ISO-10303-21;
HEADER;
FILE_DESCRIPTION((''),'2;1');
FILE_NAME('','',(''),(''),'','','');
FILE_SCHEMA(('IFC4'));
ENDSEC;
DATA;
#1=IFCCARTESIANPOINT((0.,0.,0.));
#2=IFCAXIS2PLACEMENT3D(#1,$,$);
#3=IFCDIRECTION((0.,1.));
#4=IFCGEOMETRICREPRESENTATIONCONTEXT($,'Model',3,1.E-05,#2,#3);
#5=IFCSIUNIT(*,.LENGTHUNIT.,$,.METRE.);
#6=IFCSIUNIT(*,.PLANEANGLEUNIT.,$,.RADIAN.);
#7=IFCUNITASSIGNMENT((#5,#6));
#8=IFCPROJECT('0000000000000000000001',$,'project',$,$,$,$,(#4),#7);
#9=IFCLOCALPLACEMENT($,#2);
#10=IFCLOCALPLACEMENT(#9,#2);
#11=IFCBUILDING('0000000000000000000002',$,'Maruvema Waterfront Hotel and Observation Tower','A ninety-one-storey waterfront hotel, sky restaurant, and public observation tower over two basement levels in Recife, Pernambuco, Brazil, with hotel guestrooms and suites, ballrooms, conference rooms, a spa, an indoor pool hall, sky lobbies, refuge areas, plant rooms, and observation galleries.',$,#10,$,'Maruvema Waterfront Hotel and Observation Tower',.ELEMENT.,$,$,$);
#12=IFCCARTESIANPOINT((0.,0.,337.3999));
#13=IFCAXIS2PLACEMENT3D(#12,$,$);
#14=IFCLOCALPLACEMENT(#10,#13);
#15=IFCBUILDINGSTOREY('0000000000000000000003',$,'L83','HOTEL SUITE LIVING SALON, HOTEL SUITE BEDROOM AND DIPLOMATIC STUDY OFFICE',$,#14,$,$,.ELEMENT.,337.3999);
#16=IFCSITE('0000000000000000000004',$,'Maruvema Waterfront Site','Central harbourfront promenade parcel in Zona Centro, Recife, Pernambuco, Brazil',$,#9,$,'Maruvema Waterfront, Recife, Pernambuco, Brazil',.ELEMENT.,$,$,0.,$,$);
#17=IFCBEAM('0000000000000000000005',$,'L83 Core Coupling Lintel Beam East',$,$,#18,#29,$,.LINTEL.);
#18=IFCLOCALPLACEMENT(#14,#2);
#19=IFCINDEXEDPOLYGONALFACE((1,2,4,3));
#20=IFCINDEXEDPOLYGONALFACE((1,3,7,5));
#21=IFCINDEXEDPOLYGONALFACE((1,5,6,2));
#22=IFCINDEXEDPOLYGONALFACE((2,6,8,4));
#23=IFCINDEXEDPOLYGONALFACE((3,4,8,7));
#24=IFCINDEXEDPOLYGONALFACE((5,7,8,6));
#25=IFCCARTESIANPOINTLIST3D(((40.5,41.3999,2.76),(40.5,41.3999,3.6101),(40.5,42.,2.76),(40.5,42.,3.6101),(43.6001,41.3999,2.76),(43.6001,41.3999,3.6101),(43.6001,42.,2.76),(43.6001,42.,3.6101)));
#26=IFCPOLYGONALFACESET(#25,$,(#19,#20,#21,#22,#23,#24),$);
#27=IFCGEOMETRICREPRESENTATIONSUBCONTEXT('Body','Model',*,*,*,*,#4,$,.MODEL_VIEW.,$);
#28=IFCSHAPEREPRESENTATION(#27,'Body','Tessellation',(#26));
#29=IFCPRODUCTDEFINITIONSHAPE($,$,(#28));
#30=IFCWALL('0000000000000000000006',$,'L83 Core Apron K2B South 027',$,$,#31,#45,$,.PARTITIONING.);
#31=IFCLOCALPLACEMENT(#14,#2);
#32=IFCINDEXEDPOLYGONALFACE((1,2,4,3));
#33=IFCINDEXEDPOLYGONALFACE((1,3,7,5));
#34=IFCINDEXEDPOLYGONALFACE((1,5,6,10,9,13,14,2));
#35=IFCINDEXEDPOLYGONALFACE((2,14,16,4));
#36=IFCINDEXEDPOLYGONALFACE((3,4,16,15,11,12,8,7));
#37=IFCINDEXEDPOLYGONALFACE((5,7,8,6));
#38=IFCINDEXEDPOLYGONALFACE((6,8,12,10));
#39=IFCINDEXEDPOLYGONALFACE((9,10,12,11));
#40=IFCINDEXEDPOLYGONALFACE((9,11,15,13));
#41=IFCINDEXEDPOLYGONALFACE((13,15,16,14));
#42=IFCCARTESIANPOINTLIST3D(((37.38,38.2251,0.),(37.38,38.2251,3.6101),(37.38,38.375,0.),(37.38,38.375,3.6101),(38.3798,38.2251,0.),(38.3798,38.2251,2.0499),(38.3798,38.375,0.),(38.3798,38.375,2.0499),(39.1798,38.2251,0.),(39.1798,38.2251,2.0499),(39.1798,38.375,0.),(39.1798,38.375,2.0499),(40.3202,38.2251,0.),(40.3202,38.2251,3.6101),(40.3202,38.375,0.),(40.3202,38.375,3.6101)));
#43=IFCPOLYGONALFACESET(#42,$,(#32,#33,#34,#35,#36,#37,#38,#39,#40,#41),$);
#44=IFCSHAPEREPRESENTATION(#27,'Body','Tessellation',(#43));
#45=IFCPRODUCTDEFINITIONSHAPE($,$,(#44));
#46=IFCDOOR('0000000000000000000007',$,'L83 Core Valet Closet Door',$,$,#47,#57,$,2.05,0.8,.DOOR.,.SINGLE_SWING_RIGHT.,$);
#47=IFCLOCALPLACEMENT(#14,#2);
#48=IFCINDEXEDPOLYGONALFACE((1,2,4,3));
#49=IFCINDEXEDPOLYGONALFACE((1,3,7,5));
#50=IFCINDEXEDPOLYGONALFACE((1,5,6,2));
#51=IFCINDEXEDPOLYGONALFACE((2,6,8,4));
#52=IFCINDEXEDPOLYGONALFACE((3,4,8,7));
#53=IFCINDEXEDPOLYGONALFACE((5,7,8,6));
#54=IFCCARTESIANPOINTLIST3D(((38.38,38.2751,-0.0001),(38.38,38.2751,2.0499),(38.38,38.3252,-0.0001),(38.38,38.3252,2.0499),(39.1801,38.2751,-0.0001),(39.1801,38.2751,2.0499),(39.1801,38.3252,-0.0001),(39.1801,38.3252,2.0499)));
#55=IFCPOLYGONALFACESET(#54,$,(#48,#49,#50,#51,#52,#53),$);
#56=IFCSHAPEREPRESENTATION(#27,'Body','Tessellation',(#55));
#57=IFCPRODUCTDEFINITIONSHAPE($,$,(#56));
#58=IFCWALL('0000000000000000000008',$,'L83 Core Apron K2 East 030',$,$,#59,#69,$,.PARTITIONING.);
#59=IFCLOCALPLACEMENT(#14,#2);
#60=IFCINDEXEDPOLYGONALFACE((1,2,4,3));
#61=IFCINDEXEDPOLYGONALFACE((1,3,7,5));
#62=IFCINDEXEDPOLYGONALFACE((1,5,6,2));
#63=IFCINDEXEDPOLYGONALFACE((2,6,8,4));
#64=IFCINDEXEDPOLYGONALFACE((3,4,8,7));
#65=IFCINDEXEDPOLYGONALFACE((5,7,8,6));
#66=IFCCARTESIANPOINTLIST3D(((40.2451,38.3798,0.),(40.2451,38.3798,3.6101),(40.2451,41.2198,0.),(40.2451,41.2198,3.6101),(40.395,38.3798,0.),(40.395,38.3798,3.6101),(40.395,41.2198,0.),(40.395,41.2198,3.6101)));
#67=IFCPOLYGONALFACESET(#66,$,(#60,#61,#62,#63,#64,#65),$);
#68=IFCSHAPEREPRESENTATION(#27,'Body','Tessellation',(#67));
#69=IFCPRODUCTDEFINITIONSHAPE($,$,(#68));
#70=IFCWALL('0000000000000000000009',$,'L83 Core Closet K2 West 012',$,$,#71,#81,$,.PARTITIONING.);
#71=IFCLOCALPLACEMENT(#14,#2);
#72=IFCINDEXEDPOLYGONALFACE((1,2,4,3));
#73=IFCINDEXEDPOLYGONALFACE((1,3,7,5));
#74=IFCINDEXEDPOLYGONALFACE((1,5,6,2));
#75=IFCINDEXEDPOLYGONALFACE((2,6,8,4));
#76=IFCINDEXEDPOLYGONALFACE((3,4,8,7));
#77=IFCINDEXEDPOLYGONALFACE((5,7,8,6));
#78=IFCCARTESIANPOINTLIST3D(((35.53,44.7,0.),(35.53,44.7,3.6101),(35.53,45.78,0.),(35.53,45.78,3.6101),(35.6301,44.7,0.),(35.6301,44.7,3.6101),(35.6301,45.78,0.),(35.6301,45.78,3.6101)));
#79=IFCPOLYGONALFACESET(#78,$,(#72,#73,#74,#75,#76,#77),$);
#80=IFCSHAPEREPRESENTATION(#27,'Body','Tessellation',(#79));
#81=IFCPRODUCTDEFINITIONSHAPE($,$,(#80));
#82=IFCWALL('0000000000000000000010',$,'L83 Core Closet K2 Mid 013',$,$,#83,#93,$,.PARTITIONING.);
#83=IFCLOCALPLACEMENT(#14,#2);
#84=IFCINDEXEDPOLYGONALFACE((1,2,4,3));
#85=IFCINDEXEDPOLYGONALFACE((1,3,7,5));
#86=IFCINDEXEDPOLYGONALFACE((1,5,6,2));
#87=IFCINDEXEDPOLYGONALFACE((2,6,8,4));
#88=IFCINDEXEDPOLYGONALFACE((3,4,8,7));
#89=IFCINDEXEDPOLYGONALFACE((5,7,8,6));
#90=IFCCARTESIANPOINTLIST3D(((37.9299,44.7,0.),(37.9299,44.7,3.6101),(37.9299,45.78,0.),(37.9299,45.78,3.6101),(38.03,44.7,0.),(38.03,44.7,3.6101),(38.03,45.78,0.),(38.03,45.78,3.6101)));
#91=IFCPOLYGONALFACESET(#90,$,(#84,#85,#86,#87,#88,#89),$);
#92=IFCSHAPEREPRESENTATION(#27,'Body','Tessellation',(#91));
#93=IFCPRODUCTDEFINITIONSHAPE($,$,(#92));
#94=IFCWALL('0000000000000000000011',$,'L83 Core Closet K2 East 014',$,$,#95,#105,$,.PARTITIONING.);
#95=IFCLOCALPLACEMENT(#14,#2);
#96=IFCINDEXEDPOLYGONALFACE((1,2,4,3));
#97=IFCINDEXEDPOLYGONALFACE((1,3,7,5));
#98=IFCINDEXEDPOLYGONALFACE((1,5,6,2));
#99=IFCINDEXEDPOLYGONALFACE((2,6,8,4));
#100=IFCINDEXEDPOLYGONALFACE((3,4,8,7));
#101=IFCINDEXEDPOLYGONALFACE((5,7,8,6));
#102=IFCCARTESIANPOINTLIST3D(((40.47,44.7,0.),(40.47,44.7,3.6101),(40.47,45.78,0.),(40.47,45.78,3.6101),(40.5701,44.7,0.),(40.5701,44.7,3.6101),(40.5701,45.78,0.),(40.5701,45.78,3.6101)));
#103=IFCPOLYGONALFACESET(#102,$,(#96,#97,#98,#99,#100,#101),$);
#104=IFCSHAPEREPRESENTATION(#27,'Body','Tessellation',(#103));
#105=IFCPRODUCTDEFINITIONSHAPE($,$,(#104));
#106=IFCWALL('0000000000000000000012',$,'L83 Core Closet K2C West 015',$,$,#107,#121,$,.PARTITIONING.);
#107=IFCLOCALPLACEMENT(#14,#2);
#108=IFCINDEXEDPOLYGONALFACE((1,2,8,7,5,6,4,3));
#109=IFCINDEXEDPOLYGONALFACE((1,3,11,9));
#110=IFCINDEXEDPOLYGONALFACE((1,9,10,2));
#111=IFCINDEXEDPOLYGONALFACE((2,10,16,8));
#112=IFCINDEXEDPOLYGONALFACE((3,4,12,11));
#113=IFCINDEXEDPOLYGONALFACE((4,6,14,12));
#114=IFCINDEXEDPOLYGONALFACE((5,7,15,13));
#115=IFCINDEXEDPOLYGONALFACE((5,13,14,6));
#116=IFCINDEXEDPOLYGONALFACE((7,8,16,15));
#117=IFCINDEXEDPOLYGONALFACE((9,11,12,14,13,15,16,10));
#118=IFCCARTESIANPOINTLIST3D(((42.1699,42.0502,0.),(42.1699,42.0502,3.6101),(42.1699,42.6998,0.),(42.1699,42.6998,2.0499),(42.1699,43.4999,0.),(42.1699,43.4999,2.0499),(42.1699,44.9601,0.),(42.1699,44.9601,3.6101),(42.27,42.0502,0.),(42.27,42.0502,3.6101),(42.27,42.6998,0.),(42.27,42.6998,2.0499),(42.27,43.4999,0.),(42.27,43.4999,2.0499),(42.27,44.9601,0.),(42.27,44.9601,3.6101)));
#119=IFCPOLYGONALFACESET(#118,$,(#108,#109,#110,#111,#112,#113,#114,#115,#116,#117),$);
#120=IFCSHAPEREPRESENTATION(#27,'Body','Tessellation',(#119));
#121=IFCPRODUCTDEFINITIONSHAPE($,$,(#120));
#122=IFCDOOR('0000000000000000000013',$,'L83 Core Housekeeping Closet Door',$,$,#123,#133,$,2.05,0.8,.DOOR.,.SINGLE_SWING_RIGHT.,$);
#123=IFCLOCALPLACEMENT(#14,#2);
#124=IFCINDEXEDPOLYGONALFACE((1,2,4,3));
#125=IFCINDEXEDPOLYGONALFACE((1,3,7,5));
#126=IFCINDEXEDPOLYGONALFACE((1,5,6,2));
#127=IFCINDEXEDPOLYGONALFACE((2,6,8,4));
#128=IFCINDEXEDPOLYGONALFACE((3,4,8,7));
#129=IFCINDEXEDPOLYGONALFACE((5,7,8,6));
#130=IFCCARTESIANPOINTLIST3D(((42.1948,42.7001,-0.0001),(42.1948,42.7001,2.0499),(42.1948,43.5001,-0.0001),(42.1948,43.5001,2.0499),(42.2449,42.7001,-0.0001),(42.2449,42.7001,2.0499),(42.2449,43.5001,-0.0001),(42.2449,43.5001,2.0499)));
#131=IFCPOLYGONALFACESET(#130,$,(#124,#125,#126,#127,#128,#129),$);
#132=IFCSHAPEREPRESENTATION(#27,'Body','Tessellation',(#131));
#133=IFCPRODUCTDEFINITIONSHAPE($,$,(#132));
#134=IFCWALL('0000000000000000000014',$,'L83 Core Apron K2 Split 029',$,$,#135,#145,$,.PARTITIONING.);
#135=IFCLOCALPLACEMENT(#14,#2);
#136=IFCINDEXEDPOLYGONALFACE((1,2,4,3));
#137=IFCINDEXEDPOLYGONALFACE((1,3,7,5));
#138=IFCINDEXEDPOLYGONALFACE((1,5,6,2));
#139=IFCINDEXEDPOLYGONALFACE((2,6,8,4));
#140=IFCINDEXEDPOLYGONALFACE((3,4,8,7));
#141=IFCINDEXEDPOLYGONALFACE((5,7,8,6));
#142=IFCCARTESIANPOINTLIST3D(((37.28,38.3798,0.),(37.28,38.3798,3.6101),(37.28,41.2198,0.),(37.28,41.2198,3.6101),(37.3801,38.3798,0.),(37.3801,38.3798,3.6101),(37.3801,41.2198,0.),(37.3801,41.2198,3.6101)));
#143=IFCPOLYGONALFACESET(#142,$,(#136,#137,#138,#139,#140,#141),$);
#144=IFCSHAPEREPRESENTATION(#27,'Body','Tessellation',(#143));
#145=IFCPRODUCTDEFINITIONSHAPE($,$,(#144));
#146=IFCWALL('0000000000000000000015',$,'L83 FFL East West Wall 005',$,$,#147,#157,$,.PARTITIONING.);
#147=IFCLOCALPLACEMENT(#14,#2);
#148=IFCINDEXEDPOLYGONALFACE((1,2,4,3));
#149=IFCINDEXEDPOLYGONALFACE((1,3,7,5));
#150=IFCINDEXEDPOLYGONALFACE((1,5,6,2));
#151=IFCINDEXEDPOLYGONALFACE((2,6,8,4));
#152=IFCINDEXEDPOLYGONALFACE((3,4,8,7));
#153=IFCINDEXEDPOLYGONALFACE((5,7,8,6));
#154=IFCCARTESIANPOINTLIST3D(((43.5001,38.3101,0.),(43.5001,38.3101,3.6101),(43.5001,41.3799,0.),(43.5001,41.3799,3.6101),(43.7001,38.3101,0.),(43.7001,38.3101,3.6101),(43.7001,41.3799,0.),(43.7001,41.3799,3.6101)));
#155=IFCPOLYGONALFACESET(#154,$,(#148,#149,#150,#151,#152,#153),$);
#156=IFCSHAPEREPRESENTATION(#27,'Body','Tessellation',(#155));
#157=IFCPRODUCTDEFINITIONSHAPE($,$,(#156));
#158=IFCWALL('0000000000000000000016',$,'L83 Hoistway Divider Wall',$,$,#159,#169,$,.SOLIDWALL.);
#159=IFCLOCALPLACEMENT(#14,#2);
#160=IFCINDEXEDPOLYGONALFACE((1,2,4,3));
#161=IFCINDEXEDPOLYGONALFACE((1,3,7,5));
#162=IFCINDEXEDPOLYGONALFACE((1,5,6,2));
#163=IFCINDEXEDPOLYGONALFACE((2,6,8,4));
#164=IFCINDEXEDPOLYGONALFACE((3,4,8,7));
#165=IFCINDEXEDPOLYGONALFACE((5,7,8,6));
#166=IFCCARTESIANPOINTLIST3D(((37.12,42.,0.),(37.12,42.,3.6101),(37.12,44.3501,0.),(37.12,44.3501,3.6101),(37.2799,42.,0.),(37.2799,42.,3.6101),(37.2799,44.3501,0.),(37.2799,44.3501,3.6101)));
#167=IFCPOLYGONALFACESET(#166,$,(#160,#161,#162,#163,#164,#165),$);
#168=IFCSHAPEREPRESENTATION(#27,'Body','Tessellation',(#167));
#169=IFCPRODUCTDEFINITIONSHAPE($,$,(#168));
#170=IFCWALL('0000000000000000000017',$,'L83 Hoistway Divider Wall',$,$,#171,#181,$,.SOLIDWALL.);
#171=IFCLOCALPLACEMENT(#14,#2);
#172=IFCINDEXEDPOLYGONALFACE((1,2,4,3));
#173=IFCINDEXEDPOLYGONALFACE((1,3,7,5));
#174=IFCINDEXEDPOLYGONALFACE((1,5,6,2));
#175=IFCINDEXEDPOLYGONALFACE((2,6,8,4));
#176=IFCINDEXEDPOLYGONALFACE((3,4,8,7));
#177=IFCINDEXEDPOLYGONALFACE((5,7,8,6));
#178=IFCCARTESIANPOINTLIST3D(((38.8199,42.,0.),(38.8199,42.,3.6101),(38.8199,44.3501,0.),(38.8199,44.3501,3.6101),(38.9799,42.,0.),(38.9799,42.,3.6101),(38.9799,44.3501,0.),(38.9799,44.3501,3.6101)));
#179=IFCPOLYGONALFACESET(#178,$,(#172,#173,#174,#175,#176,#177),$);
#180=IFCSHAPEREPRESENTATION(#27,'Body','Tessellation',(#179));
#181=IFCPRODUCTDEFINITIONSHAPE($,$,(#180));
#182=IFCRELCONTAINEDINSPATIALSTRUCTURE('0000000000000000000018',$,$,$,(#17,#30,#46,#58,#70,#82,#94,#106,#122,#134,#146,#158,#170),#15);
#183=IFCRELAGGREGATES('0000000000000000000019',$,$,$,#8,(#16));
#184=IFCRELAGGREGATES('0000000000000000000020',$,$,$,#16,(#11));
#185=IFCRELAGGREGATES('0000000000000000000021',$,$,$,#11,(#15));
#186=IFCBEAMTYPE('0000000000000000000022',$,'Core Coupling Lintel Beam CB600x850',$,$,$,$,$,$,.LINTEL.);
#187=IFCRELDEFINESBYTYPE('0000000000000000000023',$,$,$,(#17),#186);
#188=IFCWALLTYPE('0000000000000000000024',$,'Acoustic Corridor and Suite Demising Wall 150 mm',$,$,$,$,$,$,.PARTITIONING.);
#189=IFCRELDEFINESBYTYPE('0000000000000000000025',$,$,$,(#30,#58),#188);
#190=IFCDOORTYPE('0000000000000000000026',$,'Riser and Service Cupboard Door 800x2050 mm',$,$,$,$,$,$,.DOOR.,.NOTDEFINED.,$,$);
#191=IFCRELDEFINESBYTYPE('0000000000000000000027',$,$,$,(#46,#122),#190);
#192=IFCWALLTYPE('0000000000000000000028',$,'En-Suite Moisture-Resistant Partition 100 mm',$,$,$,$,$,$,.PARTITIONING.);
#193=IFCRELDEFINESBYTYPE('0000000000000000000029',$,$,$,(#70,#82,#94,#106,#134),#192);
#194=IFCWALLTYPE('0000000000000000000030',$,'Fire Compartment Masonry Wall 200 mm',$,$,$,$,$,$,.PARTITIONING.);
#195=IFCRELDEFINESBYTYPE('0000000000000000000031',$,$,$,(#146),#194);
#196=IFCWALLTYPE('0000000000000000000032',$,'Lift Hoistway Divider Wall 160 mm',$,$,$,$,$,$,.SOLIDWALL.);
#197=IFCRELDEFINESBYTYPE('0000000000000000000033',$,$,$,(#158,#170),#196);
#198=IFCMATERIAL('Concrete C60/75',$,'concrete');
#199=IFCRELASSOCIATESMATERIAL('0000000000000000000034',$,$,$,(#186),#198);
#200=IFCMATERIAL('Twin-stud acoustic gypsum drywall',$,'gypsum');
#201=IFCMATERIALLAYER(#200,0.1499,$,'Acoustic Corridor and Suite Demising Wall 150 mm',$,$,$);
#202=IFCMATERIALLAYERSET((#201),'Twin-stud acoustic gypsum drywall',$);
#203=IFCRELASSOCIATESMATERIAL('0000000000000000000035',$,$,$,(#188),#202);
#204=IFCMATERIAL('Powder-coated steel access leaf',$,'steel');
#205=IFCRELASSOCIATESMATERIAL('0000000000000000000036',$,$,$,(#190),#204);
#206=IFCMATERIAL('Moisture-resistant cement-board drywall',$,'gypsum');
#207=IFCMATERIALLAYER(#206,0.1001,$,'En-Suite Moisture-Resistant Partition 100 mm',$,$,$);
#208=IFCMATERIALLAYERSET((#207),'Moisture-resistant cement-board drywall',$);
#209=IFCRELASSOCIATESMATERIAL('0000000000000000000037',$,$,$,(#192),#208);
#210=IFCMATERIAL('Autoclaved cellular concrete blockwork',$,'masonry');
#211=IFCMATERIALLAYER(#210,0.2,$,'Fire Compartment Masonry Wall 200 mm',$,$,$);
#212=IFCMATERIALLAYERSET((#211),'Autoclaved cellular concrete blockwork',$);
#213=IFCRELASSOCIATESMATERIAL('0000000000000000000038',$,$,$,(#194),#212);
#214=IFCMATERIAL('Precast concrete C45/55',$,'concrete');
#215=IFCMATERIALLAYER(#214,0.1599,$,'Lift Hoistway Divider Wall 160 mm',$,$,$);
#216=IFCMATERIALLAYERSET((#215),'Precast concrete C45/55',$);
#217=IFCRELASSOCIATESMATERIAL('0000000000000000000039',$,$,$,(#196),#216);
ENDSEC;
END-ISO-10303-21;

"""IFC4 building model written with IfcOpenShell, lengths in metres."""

from ifc_helpers import new_model, si_unit, direction, frame, frame_2d, origin, origin_2d, place, context, subcontext, project, spatial, rectangle, extrude, material, layer, layer_set, material_profile, profile_set, type_object, element, fill, save


model = new_model("IFC4")

# Units and contexts
model_context = context("Model", 3, precision=1e-05, world=origin(), true_north=direction((0.0, 1.0)))
body_context = subcontext(model_context, "Body", "Model", "MODEL_VIEW")
ifc_project = project(units=[si_unit("LENGTHUNIT", "METRE"), si_unit("PLANEANGLEUNIT", "RADIAN")], contexts=[model_context])

# Site, building, storey
site_placement = place(None, origin())
site = spatial("IfcSite", under=ifc_project, at=site_placement, Name="Maruvema Waterfront Site", Description="Central harbourfront promenade parcel in Zona Centro, Recife, Pernambuco, Brazil", LongName="Maruvema Waterfront, Recife, Pernambuco, Brazil", CompositionType="ELEMENT", RefElevation=0.0)
building_placement = place(site_placement, origin())
building = spatial("IfcBuilding", under=site, at=building_placement, Name="Maruvema Waterfront Hotel and Observation Tower", Description="A ninety-one-storey waterfront hotel, sky restaurant, and public observation tower over two basement levels in Recife, Pernambuco, Brazil, with hotel guestrooms and suites, ballrooms, conference rooms, a spa, an indoor pool hall, sky lobbies, refuge areas, plant rooms, and observation galleries.", LongName="Maruvema Waterfront Hotel and Observation Tower", CompositionType="ELEMENT")
storey_placement = place(building_placement, frame((0.0, 0.0, 337.3999)))
storey = spatial("IfcBuildingStorey", under=building, at=storey_placement, Name="L83", Description="HOTEL SUITE LIVING SALON, HOTEL SUITE BEDROOM AND DIPLOMATIC STUDY OFFICE", CompositionType="ELEMENT", Elevation=337.3999)

# Beam
ifc_material_1 = material(Name="Concrete C60/75", Category="concrete")
ifc_material_profile = material_profile(ifc_material_1, rectangle(XDim=0.6001, YDim=0.8501, at=origin_2d()), Name="CB600x850")
ifc_profile_set = profile_set([ifc_material_profile], Name="Concrete C60/75")
beam_type = type_object("IfcBeamType", Name="Core Coupling Lintel Beam CB600x850", PredefinedType="LINTEL", material=ifc_profile_set)
beam_placement = place(storey_placement, frame((40.5, 41.7, 3.1851), z_axis=(1.0, 0.0, 0.0), x_axis=(0.0, 1.0, 0.0)))
element("IfcBeam", 1, at=beam_placement, inside=storey, type_object=beam_type, Name="L83 Core Coupling Lintel Beam East", PredefinedType="LINTEL", context=body_context, shape_type="SweptSolid", body=[
    extrude(rectangle(XDim=0.6001, YDim=0.8501, at=origin_2d()), origin(), (0.0, 0.0, 1.0), 3.1001),
])

# Wall, opening, door
ifc_material_2 = material(Name="Twin-stud acoustic gypsum drywall", Category="gypsum")
ifc_layer_1 = layer(ifc_material_2, 0.1499, Name="Acoustic Corridor and Suite Demising Wall 150 mm")
ifc_layer_set_1 = layer_set([ifc_layer_1], Name="Twin-stud acoustic gypsum drywall")
wall_type_1 = type_object("IfcWallType", Name="Acoustic Corridor and Suite Demising Wall 150 mm", PredefinedType="PARTITIONING", material=ifc_layer_set_1)
wall_1_placement = place(storey_placement, frame((37.3799, 38.3, 0.0), z_axis=(0.0, 0.0, 1.0), x_axis=(1.0, 0.0, 0.0)))
wall_1 = element("IfcWall", 2, at=wall_1_placement, inside=storey, type_object=wall_type_1, Name="L83 Core Apron K2B South 027", PredefinedType="PARTITIONING", context=body_context, shape_type="SweptSolid", body=[
    extrude(rectangle(XDim=2.9402, YDim=0.1499, at=frame_2d((1.4702, 0.0))), origin(), (0.0, 0.0, 1.0), 3.6101),
])
opening_1_placement = place(wall_1_placement, frame((1.0, 0.0, 0.0)))
opening_1 = element("IfcOpeningElement", 3, at=opening_1_placement, cuts=wall_1, PredefinedType="OPENING", context=body_context, shape_type="SweptSolid", body=[
    extrude(rectangle(XDim=0.8, YDim=2.05, at=frame_2d((0.3999, 1.0249))), frame((0.0, 0.085, 0.0), z_axis=(0.0, -1.0, 0.0), x_axis=(1.0, 0.0, 0.0)), (0.0, 0.0, 1.0), 0.1699),
])
ifc_material_3 = material(Name="Powder-coated steel access leaf", Category="steel")
door_type_1 = type_object("IfcDoorType", Name="Riser and Service Cupboard Door 800x2050 mm", OperationType="NOTDEFINED", PredefinedType="DOOR", material=ifc_material_3)
door_1_placement = place(opening_1_placement, frame((0.8, 0.0, 0.0), z_axis=(0.0, 0.0, 1.0), x_axis=(-1.0, 0.0, 0.0)))
door_1 = element("IfcDoor", 4, at=door_1_placement, inside=storey, type_object=door_type_1, Name="L83 Core Valet Closet Door", OperationType="SINGLE_SWING_RIGHT", OverallHeight=2.05, OverallWidth=0.8, PredefinedType="DOOR", context=body_context, shape_type="SweptSolid", body=[
    extrude(rectangle(XDim=0.8, YDim=2.05, at=frame_2d((0.3999, 1.0249))), frame((0.0, 0.0249, 0.0), z_axis=(0.0, -1.0, 0.0), x_axis=(1.0, 0.0, 0.0)), (0.0, 0.0, 1.0), 0.05),
])
fill(opening_1, door_1)

# Wall
wall_2_placement = place(storey_placement, frame((40.3201, 38.3799, 0.0), z_axis=(0.0, 0.0, 1.0), x_axis=(0.0, 1.0, 0.0)))
element("IfcWall", 5, at=wall_2_placement, inside=storey, type_object=wall_type_1, Name="L83 Core Apron K2 East 030", PredefinedType="PARTITIONING", context=body_context, shape_type="SweptSolid", body=[
    extrude(rectangle(XDim=2.8401, YDim=0.1499, at=frame_2d((1.4199, 0.0))), origin(), (0.0, 0.0, 1.0), 3.6101),
])

# Walls
ifc_material_4 = material(Name="Moisture-resistant cement-board drywall", Category="gypsum")
ifc_layer_2 = layer(ifc_material_4, 0.1001, Name="En-Suite Moisture-Resistant Partition 100 mm")
ifc_layer_set_2 = layer_set([ifc_layer_2], Name="Moisture-resistant cement-board drywall")
wall_type_2 = type_object("IfcWallType", Name="En-Suite Moisture-Resistant Partition 100 mm", PredefinedType="PARTITIONING", material=ifc_layer_set_2)
for number, where, z_axis, x_axis, name in (
    (6, (35.5801, 44.7, 0.0), (0.0, 0.0, 1.0), (0.0, 1.0, 0.0), "L83 Core Closet K2 West 012"),
    (7, (37.98, 44.7, 0.0), (0.0, 0.0, 1.0), (0.0, 1.0, 0.0), "L83 Core Closet K2 Mid 013"),
    (8, (40.52, 44.7, 0.0), (0.0, 0.0, 1.0), (0.0, 1.0, 0.0), "L83 Core Closet K2 East 014"),
):
    element("IfcWall", number, at=place(storey_placement, frame(where, z_axis=z_axis, x_axis=x_axis)), inside=storey, type_object=wall_type_2, Name=name, PredefinedType="PARTITIONING", context=body_context, shape_type="SweptSolid", body=[
        extrude(rectangle(XDim=1.0801, YDim=0.1001, at=frame_2d((0.54, 0.0))), origin(), (0.0, 0.0, 1.0), 3.6101),
    ])

# Wall, opening, door
wall_3_placement = place(storey_placement, frame((42.22, 42.05, 0.0), z_axis=(0.0, 0.0, 1.0), x_axis=(0.0, 1.0, 0.0)))
wall_3 = element("IfcWall", 9, at=wall_3_placement, inside=storey, type_object=wall_type_2, Name="L83 Core Closet K2C West 015", PredefinedType="PARTITIONING", context=body_context, shape_type="SweptSolid", body=[
    extrude(rectangle(XDim=2.9099, YDim=0.1001, at=frame_2d((1.4551, 0.0))), origin(), (0.0, 0.0, 1.0), 3.6101),
])
opening_2_placement = place(wall_3_placement, frame((0.6499, 0.0, 0.0)))
opening_2 = element("IfcOpeningElement", 10, at=opening_2_placement, cuts=wall_3, PredefinedType="OPENING", context=body_context, shape_type="SweptSolid", body=[
    extrude(rectangle(XDim=0.8, YDim=2.05, at=frame_2d((0.3999, 1.0249))), frame((0.0, 0.0601, 0.0), z_axis=(0.0, -1.0, 0.0), x_axis=(1.0, 0.0, 0.0)), (0.0, 0.0, 1.0), 0.1201),
])
door_2_placement = place(opening_2_placement, frame((0.8, 0.0, 0.0), z_axis=(0.0, 0.0, 1.0), x_axis=(-1.0, 0.0, 0.0)))
door_2 = element("IfcDoor", 11, at=door_2_placement, inside=storey, type_object=door_type_1, Name="L83 Core Housekeeping Closet Door", OperationType="SINGLE_SWING_RIGHT", OverallHeight=2.05, OverallWidth=0.8, PredefinedType="DOOR", context=body_context, shape_type="SweptSolid", body=[
    extrude(rectangle(XDim=0.8, YDim=2.05, at=frame_2d((0.3999, 1.0249))), frame((0.0, 0.0249, 0.0), z_axis=(0.0, -1.0, 0.0), x_axis=(1.0, 0.0, 0.0)), (0.0, 0.0, 1.0), 0.05),
])
fill(opening_2, door_2)

# Wall
wall_4_placement = place(storey_placement, frame((37.3301, 38.3799, 0.0), z_axis=(0.0, 0.0, 1.0), x_axis=(0.0, 1.0, 0.0)))
element("IfcWall", 12, at=wall_4_placement, inside=storey, type_object=wall_type_2, Name="L83 Core Apron K2 Split 029", PredefinedType="PARTITIONING", context=body_context, shape_type="SweptSolid", body=[
    extrude(rectangle(XDim=2.8401, YDim=0.1001, at=frame_2d((1.4199, 0.0))), origin(), (0.0, 0.0, 1.0), 3.6101),
])

# Shared definitions
ifc_material_5 = material(Name="Autoclaved cellular concrete blockwork", Category="masonry")
ifc_layer_3 = layer(ifc_material_5, 0.2, Name="Fire Compartment Masonry Wall 200 mm")
ifc_layer_set_3 = layer_set([ifc_layer_3], Name="Autoclaved cellular concrete blockwork")
wall_type_3 = type_object("IfcWallType", Name="Fire Compartment Masonry Wall 200 mm", PredefinedType="PARTITIONING", material=ifc_layer_set_3)

# Walls
wall_5_placement = place(storey_placement, frame((43.6001, 38.3101, 0.0), z_axis=(0.0, 0.0, 1.0), x_axis=(0.0, 1.0, 0.0)))
element("IfcWall", 13, at=wall_5_placement, inside=storey, type_object=wall_type_3, Name="L83 FFL East West Wall 005", PredefinedType="PARTITIONING", context=body_context, shape_type="SweptSolid", body=[
    extrude(rectangle(XDim=3.0698, YDim=0.2, at=frame_2d((1.5349, 0.0))), origin(), (0.0, 0.0, 1.0), 3.6101),
])
ifc_material_6 = material(Name="Precast concrete C45/55", Category="concrete")
ifc_layer_4 = layer(ifc_material_6, 0.1599, Name="Lift Hoistway Divider Wall 160 mm")
ifc_layer_set_4 = layer_set([ifc_layer_4], Name="Precast concrete C45/55")
wall_type_4 = type_object("IfcWallType", Name="Lift Hoistway Divider Wall 160 mm", PredefinedType="SOLIDWALL", material=ifc_layer_set_4)
for number, where, z_axis, x_axis, name in (
    (14, (37.2, 42.0, 0.0), (0.0, 0.0, 1.0), (0.0, 1.0, 0.0), "L83 Hoistway Divider Wall"),
    (15, (38.8999, 42.0, 0.0), (0.0, 0.0, 1.0), (0.0, 1.0, 0.0), "L83 Hoistway Divider Wall"),
):
    element("IfcWall", number, at=place(storey_placement, frame(where, z_axis=z_axis, x_axis=x_axis)), inside=storey, type_object=wall_type_4, Name=name, PredefinedType="SOLIDWALL", context=body_context, shape_type="SweptSolid", body=[
        extrude(rectangle(XDim=2.3501, YDim=0.1599, at=frame_2d((1.175, 0.0))), origin(), (0.0, 0.0, 1.0), 3.6101),
    ])

save(model, "model.ifc")
